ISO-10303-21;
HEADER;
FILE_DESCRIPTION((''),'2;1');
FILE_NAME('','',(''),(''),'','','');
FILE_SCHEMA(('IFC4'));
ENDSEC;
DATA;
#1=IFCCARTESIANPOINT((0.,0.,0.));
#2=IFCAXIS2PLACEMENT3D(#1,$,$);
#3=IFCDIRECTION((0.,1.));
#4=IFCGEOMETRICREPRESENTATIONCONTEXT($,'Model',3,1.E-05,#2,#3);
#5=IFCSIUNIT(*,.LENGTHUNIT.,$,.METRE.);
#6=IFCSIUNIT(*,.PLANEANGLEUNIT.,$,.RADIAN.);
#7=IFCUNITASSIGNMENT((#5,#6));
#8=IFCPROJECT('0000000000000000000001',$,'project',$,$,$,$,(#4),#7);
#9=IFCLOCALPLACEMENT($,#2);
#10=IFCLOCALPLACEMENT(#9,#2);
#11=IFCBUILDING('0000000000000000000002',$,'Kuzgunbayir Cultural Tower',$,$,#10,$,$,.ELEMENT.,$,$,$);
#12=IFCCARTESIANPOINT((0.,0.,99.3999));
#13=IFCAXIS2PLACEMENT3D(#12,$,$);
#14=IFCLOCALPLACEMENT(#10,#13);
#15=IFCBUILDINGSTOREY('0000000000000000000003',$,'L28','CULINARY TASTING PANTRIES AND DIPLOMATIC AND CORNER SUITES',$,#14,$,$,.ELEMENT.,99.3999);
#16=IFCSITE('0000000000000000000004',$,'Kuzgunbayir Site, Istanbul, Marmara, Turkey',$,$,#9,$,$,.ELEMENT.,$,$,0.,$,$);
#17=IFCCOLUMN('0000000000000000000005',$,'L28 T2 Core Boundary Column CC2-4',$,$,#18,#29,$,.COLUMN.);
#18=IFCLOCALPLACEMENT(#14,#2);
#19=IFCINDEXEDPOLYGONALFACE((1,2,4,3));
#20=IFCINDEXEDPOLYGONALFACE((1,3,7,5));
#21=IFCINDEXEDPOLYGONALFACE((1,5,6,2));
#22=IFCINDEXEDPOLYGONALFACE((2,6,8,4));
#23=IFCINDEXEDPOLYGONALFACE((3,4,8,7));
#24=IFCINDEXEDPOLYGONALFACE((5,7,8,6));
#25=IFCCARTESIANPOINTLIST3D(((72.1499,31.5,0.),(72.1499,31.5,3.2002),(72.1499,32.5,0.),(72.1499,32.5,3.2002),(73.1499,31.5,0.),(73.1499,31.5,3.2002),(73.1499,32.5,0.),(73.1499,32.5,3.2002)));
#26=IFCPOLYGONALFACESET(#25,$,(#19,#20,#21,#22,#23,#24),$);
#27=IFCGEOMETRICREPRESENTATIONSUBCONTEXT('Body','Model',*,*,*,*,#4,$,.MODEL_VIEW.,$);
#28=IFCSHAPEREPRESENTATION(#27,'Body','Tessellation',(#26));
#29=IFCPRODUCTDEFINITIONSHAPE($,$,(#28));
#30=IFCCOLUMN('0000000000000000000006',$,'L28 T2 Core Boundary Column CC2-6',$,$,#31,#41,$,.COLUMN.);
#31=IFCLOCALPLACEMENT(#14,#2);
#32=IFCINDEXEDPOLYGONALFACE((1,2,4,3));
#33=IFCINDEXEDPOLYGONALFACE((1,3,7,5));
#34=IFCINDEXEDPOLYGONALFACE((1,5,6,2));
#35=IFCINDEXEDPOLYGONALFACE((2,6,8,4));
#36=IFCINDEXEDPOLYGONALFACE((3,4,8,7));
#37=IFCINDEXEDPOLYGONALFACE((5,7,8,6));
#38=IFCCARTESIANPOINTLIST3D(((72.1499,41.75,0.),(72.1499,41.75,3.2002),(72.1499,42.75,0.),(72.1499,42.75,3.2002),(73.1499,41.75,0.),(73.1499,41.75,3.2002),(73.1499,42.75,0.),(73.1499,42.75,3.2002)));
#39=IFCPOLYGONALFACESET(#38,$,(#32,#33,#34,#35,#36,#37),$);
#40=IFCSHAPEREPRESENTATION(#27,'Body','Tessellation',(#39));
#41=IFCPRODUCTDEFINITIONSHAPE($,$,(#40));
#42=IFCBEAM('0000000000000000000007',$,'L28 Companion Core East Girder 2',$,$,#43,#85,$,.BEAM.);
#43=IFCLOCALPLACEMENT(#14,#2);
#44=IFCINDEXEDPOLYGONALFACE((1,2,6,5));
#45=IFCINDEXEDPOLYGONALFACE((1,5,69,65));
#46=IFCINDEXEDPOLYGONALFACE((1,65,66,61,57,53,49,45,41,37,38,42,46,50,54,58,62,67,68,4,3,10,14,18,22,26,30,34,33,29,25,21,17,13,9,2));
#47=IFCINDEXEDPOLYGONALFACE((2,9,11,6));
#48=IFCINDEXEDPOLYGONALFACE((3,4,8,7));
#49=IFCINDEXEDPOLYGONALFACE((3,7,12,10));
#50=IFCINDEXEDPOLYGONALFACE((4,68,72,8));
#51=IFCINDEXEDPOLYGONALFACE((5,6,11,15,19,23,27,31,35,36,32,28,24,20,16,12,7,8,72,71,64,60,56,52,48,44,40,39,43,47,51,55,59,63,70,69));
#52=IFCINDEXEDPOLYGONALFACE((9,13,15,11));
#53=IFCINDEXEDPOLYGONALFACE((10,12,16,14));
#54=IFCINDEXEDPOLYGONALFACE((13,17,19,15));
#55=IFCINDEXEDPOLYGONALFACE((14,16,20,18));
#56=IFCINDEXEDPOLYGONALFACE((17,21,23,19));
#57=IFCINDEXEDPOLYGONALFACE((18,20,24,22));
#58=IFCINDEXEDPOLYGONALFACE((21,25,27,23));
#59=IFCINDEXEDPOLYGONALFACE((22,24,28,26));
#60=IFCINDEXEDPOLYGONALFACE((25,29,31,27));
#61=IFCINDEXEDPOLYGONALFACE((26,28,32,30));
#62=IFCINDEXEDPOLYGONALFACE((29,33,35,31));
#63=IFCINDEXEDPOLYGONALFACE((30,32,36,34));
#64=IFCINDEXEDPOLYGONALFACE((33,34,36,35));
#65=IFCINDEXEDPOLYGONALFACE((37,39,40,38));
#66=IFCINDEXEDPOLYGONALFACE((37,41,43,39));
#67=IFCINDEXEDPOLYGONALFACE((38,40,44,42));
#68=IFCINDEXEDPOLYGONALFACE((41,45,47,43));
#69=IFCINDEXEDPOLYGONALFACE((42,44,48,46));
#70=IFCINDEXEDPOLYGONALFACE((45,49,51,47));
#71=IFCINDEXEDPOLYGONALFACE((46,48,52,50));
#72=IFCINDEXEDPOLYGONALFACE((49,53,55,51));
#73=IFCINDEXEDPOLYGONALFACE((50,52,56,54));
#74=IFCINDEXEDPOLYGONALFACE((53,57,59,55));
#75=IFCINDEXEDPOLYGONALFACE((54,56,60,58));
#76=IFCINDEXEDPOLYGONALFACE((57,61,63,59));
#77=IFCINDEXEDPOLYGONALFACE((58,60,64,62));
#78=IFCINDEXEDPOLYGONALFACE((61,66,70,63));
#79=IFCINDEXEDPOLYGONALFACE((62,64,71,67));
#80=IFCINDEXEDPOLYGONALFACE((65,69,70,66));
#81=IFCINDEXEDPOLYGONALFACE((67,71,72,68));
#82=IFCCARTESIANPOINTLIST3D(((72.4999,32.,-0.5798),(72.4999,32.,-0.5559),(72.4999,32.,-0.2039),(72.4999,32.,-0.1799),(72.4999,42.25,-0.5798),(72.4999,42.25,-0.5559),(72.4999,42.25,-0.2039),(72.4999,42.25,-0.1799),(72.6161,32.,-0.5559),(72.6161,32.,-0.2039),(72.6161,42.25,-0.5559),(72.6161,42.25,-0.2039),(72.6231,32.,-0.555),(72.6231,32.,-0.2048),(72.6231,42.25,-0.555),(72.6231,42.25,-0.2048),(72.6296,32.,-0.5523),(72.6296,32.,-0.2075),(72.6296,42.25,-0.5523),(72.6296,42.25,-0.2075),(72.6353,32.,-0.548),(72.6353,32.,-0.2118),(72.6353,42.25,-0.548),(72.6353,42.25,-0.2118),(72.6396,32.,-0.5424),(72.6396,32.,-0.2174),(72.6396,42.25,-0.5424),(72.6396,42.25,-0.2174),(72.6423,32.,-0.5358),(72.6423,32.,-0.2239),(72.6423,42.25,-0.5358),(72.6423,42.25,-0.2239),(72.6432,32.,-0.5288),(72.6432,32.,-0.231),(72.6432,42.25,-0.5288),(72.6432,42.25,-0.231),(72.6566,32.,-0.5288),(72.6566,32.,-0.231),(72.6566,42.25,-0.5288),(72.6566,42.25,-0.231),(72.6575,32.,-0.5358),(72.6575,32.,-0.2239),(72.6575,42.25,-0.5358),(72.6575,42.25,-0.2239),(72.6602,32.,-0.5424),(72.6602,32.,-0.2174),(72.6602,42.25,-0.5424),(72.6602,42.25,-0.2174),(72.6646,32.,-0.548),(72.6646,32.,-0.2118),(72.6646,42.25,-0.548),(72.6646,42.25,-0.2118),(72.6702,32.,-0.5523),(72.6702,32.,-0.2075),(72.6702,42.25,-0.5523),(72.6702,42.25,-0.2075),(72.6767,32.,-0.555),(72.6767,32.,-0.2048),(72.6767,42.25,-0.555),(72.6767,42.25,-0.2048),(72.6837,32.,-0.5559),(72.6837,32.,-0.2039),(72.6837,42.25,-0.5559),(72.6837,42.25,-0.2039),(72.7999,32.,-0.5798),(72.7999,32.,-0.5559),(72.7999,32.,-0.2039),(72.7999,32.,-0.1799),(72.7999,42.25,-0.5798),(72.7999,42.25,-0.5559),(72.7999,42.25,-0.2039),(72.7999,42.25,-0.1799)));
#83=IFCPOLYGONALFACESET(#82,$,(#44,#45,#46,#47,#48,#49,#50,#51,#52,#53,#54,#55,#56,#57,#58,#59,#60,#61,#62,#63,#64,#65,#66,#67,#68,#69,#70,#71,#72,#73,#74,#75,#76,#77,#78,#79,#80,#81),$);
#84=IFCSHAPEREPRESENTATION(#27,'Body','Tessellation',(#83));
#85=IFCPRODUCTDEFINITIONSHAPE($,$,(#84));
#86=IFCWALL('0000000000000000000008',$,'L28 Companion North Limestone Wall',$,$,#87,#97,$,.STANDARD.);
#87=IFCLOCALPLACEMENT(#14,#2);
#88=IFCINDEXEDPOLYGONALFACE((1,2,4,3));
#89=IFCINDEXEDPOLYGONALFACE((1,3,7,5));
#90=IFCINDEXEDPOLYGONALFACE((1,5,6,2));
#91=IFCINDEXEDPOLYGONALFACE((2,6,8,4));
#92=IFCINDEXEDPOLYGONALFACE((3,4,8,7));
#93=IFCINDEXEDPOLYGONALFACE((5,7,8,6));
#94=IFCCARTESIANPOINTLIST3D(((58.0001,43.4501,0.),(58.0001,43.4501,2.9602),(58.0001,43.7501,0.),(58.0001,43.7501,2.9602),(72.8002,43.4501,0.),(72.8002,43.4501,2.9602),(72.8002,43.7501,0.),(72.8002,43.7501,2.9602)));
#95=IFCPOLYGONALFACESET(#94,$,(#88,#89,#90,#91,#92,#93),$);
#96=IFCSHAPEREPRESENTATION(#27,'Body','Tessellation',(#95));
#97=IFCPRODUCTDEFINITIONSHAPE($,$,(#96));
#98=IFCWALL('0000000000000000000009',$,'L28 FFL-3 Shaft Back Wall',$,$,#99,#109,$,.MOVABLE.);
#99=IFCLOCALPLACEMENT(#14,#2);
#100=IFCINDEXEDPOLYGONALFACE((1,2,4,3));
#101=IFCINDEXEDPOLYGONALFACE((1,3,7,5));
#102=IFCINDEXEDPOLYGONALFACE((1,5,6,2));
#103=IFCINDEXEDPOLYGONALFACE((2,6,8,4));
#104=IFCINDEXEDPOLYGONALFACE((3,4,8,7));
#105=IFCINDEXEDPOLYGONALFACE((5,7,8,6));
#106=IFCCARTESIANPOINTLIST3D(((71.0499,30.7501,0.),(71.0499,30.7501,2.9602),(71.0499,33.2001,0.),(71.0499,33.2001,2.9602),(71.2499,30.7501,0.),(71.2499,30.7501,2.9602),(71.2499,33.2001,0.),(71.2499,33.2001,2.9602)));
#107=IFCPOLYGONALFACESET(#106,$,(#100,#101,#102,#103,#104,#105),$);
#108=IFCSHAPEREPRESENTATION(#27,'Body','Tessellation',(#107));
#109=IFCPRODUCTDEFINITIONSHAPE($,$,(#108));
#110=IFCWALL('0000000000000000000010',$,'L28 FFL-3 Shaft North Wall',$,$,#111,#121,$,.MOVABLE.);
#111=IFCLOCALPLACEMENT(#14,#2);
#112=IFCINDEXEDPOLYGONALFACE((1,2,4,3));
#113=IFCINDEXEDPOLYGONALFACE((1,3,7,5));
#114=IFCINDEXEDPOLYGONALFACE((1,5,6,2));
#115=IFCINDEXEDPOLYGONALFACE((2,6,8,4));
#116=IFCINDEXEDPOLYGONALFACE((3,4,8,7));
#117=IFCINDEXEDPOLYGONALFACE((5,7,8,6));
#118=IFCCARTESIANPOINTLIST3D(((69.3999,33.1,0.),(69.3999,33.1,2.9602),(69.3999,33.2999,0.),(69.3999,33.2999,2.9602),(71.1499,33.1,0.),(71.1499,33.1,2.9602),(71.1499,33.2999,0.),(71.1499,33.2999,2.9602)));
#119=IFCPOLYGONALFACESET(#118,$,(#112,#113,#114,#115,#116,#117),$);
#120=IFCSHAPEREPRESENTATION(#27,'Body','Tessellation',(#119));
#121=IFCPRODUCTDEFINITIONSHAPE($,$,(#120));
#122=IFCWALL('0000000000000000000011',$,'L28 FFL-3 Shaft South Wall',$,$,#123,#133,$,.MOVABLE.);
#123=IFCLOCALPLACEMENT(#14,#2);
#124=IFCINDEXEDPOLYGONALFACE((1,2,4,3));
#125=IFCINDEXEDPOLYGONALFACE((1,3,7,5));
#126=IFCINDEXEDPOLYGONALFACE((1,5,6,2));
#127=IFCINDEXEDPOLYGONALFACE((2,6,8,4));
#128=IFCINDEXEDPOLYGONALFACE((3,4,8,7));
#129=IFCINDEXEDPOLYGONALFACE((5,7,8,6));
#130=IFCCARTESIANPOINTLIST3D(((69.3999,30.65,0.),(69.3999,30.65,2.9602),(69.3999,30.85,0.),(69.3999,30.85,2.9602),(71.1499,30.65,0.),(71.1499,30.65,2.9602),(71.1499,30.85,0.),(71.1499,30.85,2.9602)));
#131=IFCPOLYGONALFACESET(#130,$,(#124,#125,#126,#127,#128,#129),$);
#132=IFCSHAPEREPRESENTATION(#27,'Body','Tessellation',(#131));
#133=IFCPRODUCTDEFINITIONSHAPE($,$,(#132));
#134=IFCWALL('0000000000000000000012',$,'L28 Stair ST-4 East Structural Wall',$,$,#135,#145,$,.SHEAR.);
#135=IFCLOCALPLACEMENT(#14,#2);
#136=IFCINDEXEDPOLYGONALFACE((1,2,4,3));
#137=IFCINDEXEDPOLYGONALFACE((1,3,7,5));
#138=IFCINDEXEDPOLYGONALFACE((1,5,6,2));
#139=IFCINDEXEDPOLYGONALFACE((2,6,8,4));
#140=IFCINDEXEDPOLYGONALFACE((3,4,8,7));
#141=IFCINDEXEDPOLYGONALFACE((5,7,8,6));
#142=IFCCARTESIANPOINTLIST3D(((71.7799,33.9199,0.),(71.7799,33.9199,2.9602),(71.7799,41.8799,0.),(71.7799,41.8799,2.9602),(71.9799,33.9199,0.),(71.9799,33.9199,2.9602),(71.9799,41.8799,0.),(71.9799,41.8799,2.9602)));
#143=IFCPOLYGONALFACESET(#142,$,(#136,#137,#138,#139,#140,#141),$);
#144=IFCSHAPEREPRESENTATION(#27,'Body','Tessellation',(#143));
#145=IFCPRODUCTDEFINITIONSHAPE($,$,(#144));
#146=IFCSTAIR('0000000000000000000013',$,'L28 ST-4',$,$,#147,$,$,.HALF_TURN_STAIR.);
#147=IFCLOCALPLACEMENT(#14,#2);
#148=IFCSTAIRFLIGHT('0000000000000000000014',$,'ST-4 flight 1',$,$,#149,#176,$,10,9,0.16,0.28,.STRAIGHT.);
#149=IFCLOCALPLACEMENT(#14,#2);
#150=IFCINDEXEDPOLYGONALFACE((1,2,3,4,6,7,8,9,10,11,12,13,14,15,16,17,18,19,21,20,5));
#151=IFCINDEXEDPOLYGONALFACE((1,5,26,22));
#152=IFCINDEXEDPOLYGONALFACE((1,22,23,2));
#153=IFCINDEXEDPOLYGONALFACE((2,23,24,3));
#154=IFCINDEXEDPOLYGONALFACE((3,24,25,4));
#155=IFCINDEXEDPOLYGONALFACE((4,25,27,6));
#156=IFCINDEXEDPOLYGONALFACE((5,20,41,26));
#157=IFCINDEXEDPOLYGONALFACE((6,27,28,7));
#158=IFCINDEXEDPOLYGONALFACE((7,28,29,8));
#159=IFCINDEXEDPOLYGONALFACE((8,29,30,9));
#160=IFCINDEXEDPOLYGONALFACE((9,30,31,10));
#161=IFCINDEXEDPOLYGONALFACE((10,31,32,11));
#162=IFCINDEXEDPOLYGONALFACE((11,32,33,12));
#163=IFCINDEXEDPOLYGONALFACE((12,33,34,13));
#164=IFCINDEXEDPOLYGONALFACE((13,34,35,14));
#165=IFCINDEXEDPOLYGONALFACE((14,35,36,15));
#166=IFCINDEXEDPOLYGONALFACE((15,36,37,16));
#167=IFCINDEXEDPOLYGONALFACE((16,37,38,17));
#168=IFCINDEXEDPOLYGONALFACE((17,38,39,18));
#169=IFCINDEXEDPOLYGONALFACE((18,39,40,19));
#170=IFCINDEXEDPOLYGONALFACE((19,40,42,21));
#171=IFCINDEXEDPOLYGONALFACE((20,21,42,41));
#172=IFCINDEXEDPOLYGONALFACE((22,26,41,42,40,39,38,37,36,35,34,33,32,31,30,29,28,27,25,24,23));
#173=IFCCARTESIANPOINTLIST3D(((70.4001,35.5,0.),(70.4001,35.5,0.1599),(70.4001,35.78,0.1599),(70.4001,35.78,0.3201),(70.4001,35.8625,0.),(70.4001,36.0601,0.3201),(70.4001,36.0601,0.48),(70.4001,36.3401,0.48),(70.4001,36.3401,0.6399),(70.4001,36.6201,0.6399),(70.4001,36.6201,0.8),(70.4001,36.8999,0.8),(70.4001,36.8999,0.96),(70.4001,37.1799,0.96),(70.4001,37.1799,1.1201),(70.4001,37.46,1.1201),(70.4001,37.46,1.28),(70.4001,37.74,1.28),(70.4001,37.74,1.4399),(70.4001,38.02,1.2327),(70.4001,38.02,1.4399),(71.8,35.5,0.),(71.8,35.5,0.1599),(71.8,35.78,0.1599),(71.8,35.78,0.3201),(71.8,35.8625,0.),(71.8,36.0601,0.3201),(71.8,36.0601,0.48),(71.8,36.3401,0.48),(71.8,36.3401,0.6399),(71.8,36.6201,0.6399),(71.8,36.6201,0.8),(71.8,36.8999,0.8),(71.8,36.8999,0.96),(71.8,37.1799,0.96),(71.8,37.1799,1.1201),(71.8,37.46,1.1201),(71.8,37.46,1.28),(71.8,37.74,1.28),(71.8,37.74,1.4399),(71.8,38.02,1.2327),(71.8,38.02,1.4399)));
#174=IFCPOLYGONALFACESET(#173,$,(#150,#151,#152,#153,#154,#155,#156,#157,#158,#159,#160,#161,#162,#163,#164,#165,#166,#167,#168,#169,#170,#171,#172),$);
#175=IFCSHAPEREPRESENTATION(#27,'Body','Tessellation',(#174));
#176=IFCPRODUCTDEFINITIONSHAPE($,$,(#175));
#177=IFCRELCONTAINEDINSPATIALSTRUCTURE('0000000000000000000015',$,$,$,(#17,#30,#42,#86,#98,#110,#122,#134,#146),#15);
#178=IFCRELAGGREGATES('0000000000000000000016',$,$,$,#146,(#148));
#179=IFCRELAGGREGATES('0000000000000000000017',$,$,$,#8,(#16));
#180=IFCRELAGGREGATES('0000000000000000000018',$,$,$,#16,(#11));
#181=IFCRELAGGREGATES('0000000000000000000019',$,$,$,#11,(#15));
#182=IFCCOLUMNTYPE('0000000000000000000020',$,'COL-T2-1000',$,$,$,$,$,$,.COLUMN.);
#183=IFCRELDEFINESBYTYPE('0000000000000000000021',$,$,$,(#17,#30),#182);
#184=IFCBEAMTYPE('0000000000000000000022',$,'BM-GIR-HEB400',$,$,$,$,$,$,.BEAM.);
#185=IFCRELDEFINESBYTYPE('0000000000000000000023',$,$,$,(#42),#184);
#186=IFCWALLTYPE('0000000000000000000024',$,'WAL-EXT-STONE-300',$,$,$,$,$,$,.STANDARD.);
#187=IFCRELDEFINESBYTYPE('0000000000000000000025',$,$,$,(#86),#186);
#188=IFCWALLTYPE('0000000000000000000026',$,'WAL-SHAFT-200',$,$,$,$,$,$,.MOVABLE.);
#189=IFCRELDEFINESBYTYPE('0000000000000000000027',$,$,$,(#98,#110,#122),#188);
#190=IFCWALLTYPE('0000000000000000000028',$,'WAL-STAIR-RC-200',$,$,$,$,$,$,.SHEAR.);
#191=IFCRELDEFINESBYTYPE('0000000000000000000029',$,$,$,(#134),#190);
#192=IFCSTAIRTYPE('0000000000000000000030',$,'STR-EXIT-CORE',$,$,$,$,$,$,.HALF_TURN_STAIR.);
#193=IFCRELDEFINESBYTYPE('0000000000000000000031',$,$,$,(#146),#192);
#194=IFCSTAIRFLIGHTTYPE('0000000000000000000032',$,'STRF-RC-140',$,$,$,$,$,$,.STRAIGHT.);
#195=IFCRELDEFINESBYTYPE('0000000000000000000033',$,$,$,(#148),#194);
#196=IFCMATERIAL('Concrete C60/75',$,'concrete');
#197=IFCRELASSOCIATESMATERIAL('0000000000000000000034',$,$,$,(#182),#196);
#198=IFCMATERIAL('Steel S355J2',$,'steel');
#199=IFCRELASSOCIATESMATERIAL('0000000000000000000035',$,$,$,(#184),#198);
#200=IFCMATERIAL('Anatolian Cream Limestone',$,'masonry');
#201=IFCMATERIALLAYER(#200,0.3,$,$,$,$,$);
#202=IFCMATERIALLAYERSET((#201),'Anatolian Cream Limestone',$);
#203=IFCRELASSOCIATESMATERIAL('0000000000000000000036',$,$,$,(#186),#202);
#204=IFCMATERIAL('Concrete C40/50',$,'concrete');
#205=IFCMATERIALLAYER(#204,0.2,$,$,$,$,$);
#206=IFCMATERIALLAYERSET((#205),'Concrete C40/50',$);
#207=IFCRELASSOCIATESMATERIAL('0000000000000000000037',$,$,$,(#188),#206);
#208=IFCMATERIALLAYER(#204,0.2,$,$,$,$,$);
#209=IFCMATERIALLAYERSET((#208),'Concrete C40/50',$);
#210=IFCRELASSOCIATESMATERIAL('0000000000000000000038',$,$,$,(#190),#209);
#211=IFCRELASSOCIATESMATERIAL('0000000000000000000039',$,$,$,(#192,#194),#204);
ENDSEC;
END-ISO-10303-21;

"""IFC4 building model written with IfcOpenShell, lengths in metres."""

from ifc_helpers import new_model, si_unit, direction, frame, frame_2d, origin, origin_2d, place, context, subcontext, project, spatial, polyline, rectangle, i_section, outline, extrude, material, layer, layer_set, material_profile, profile_set, type_object, element, aggregate, save


model = new_model("IFC4")

# Units and contexts
model_context = context("Model", 3, precision=1e-05, world=origin(), true_north=direction((0.0, 1.0)))
body_context = subcontext(model_context, "Body", "Model", "MODEL_VIEW")
ifc_project = project(units=[si_unit("LENGTHUNIT", "METRE"), si_unit("PLANEANGLEUNIT", "RADIAN")], contexts=[model_context])

# Site, building, storey
site_placement = place(None, origin())
site = spatial("IfcSite", under=ifc_project, at=site_placement, Name="Kuzgunbayir Site, Istanbul, Marmara, Turkey", CompositionType="ELEMENT", RefElevation=0.0)
building_placement = place(site_placement, origin())
building = spatial("IfcBuilding", under=site, at=building_placement, Name="Kuzgunbayir Cultural Tower", CompositionType="ELEMENT")
storey_placement = place(building_placement, frame((0.0, 0.0, 99.3999)))
storey = spatial("IfcBuildingStorey", under=building, at=storey_placement, Name="L28", Description="CULINARY TASTING PANTRIES AND DIPLOMATIC AND CORNER SUITES", CompositionType="ELEMENT", Elevation=99.3999)

# Columns
ifc_material_1 = material(Name="Concrete C60/75", Category="concrete")
ifc_material_profile_1 = material_profile(ifc_material_1, rectangle(XDim=1.0, YDim=1.0, at=origin_2d()), Name="RC 1000x1000")
ifc_profile_set_1 = profile_set([ifc_material_profile_1], Name="Concrete C60/75")
column_type = type_object("IfcColumnType", Name="COL-T2-1000", PredefinedType="COLUMN", material=ifc_profile_set_1)
for number, where, z_axis, x_axis, name in (
    (1, (72.6499, 32.0, 0.0), (0.0, 0.0, 1.0), (1.0, 0.0, 0.0), "L28 T2 Core Boundary Column CC2-4"),
    (2, (72.6499, 42.25, 0.0), (0.0, 0.0, 1.0), (1.0, 0.0, 0.0), "L28 T2 Core Boundary Column CC2-6"),
):
    element("IfcColumn", number, at=place(storey_placement, frame(where, z_axis=z_axis, x_axis=x_axis)), inside=storey, type_object=column_type, Name=name, PredefinedType="COLUMN", context=body_context, shape_type="SweptSolid", body=[
        extrude(rectangle(XDim=1.0, YDim=1.0, at=origin_2d()), origin(), (0.0, 0.0, 1.0), 3.2002),
    ])

# Beam
ifc_material_2 = material(Name="Steel S355J2", Category="steel")
ifc_material_profile_2 = material_profile(ifc_material_2, i_section(OverallWidth=0.3, OverallDepth=0.3999, WebThickness=0.0134, FlangeThickness=0.0239, FilletRadius=0.0271, at=origin_2d()), Name="HEB 400")
ifc_profile_set_2 = profile_set([ifc_material_profile_2], Name="Steel S355J2")
beam_type = type_object("IfcBeamType", Name="BM-GIR-HEB400", PredefinedType="BEAM", material=ifc_profile_set_2)
beam_placement = place(storey_placement, frame((72.6499, 32.0, -0.3799), z_axis=(0.0, 1.0, 0.0), x_axis=(-1.0, 0.0, 0.0)))
element("IfcBeam", 3, at=beam_placement, inside=storey, type_object=beam_type, Name="L28 Companion Core East Girder 2", PredefinedType="BEAM", context=body_context, shape_type="SweptSolid", body=[
    extrude(i_section(OverallWidth=0.3, OverallDepth=0.3999, WebThickness=0.0134, FlangeThickness=0.0239, FilletRadius=0.0271, at=origin_2d()), origin(), (0.0, 0.0, 1.0), 10.25),
])

# Wall
ifc_material_3 = material(Name="Anatolian Cream Limestone", Category="masonry")
ifc_layer_1 = layer(ifc_material_3, 0.3)
ifc_layer_set_1 = layer_set([ifc_layer_1], Name="Anatolian Cream Limestone")
wall_type_1 = type_object("IfcWallType", Name="WAL-EXT-STONE-300", PredefinedType="STANDARD", material=ifc_layer_set_1)
wall_1_placement = place(storey_placement, frame((72.8, 43.6001, 0.0), z_axis=(0.0, 0.0, 1.0), x_axis=(-1.0, 0.0, 0.0)))
element("IfcWall", 4, at=wall_1_placement, inside=storey, type_object=wall_type_1, Name="L28 Companion North Limestone Wall", PredefinedType="STANDARD", context=body_context, shape_type="SweptSolid", body=[
    extrude(rectangle(XDim=14.8, YDim=0.3, at=frame_2d((7.3999, 0.0))), origin(), (0.0, 0.0, 1.0), 2.9602),
])

# Shared definitions
ifc_material_4 = material(Name="Concrete C40/50", Category="concrete")
ifc_layer_2 = layer(ifc_material_4, 0.2)
ifc_layer_set_2 = layer_set([ifc_layer_2], Name="Concrete C40/50")
wall_type_2 = type_object("IfcWallType", Name="WAL-SHAFT-200", PredefinedType="MOVABLE", material=ifc_layer_set_2)

# Walls
wall_2_placement = place(storey_placement, frame((71.1499, 30.75, 0.0), z_axis=(0.0, 0.0, 1.0), x_axis=(0.0, 1.0, 0.0)))
element("IfcWall", 5, at=wall_2_placement, inside=storey, type_object=wall_type_2, Name="L28 FFL-3 Shaft Back Wall", PredefinedType="MOVABLE", context=body_context, shape_type="SweptSolid", body=[
    extrude(rectangle(XDim=2.45, YDim=0.2, at=frame_2d((1.2251, 0.0))), origin(), (0.0, 0.0, 1.0), 2.9602),
])
for number, where, z_axis, x_axis, name in (
    (6, (69.3999, 33.2, 0.0), (0.0, 0.0, 1.0), (1.0, 0.0, 0.0), "L28 FFL-3 Shaft North Wall"),
    (7, (69.3999, 30.75, 0.0), (0.0, 0.0, 1.0), (1.0, 0.0, 0.0), "L28 FFL-3 Shaft South Wall"),
):
    element("IfcWall", number, at=place(storey_placement, frame(where, z_axis=z_axis, x_axis=x_axis)), inside=storey, type_object=wall_type_2, Name=name, PredefinedType="MOVABLE", context=body_context, shape_type="SweptSolid", body=[
        extrude(rectangle(XDim=1.75, YDim=0.2, at=frame_2d((0.875, 0.0))), origin(), (0.0, 0.0, 1.0), 2.9602),
    ])
ifc_layer_3 = layer(ifc_material_4, 0.2)
ifc_layer_set_3 = layer_set([ifc_layer_3], Name="Concrete C40/50")
wall_type_3 = type_object("IfcWallType", Name="WAL-STAIR-RC-200", PredefinedType="SHEAR", material=ifc_layer_set_3)
wall_3_placement = place(storey_placement, frame((71.8799, 33.9199, 0.0), z_axis=(0.0, 0.0, 1.0), x_axis=(0.0, 1.0, 0.0)))
element("IfcWall", 8, at=wall_3_placement, inside=storey, type_object=wall_type_3, Name="L28 Stair ST-4 East Structural Wall", PredefinedType="SHEAR", context=body_context, shape_type="SweptSolid", body=[
    extrude(rectangle(XDim=7.96, YDim=0.2, at=frame_2d((3.98, 0.0))), origin(), (0.0, 0.0, 1.0), 2.9602),
])

# Stair, stair flight
stair_type = type_object("IfcStairType", Name="STR-EXIT-CORE", PredefinedType="HALF_TURN_STAIR", material=ifc_material_4)
stair_placement = place(storey_placement, origin())
stair = element("IfcStair", 9, at=stair_placement, inside=storey, type_object=stair_type, Name="L28 ST-4", PredefinedType="HALF_TURN_STAIR")
stair_flight_type = type_object("IfcStairFlightType", Name="STRF-RC-140", PredefinedType="STRAIGHT", material=ifc_material_4)
stair_flight_1_placement = place(storey_placement, frame((71.1001, 35.5, 0.0), z_axis=(0.0, 0.0, 1.0), x_axis=(0.0, 1.0, 0.0)))
stair_flight_1 = element("IfcStairFlight", 10, at=stair_flight_1_placement, type_object=stair_flight_type, Name="ST-4 flight 1", NumberOfRisers=10, NumberOfTreads=9, PredefinedType="STRAIGHT", RiserHeight=0.16, TreadLength=0.28, context=body_context, shape_type="SweptSolid", body=[
    extrude(outline(polyline([(0.0, 0.0), (0.0, 0.1599), (0.28, 0.1599), (0.28, 0.3201), (0.5601, 0.3201), (0.5601, 0.48), (0.8401, 0.48), (0.8401, 0.6399), (1.1201, 0.6399), (1.1201, 0.8), (1.3999, 0.8), (1.3999, 0.96), (1.6799, 0.96), (1.6799, 1.1201), (1.96, 1.1201), (1.96, 1.28), (2.24, 1.28), (2.24, 1.4399), (2.52, 1.4399), (2.52, 1.6001), (2.52, 1.2327), (0.3625, 0.0), (0.0, 0.0)])), frame((0.0, 0.7, 0.0), z_axis=(0.0, -1.0, 0.0), x_axis=(1.0, 0.0, 0.0)), (0.0, 0.0, 1.0), 1.3999),
])
aggregate(stair, [stair_flight_1])

save(model, "model.ifc")
